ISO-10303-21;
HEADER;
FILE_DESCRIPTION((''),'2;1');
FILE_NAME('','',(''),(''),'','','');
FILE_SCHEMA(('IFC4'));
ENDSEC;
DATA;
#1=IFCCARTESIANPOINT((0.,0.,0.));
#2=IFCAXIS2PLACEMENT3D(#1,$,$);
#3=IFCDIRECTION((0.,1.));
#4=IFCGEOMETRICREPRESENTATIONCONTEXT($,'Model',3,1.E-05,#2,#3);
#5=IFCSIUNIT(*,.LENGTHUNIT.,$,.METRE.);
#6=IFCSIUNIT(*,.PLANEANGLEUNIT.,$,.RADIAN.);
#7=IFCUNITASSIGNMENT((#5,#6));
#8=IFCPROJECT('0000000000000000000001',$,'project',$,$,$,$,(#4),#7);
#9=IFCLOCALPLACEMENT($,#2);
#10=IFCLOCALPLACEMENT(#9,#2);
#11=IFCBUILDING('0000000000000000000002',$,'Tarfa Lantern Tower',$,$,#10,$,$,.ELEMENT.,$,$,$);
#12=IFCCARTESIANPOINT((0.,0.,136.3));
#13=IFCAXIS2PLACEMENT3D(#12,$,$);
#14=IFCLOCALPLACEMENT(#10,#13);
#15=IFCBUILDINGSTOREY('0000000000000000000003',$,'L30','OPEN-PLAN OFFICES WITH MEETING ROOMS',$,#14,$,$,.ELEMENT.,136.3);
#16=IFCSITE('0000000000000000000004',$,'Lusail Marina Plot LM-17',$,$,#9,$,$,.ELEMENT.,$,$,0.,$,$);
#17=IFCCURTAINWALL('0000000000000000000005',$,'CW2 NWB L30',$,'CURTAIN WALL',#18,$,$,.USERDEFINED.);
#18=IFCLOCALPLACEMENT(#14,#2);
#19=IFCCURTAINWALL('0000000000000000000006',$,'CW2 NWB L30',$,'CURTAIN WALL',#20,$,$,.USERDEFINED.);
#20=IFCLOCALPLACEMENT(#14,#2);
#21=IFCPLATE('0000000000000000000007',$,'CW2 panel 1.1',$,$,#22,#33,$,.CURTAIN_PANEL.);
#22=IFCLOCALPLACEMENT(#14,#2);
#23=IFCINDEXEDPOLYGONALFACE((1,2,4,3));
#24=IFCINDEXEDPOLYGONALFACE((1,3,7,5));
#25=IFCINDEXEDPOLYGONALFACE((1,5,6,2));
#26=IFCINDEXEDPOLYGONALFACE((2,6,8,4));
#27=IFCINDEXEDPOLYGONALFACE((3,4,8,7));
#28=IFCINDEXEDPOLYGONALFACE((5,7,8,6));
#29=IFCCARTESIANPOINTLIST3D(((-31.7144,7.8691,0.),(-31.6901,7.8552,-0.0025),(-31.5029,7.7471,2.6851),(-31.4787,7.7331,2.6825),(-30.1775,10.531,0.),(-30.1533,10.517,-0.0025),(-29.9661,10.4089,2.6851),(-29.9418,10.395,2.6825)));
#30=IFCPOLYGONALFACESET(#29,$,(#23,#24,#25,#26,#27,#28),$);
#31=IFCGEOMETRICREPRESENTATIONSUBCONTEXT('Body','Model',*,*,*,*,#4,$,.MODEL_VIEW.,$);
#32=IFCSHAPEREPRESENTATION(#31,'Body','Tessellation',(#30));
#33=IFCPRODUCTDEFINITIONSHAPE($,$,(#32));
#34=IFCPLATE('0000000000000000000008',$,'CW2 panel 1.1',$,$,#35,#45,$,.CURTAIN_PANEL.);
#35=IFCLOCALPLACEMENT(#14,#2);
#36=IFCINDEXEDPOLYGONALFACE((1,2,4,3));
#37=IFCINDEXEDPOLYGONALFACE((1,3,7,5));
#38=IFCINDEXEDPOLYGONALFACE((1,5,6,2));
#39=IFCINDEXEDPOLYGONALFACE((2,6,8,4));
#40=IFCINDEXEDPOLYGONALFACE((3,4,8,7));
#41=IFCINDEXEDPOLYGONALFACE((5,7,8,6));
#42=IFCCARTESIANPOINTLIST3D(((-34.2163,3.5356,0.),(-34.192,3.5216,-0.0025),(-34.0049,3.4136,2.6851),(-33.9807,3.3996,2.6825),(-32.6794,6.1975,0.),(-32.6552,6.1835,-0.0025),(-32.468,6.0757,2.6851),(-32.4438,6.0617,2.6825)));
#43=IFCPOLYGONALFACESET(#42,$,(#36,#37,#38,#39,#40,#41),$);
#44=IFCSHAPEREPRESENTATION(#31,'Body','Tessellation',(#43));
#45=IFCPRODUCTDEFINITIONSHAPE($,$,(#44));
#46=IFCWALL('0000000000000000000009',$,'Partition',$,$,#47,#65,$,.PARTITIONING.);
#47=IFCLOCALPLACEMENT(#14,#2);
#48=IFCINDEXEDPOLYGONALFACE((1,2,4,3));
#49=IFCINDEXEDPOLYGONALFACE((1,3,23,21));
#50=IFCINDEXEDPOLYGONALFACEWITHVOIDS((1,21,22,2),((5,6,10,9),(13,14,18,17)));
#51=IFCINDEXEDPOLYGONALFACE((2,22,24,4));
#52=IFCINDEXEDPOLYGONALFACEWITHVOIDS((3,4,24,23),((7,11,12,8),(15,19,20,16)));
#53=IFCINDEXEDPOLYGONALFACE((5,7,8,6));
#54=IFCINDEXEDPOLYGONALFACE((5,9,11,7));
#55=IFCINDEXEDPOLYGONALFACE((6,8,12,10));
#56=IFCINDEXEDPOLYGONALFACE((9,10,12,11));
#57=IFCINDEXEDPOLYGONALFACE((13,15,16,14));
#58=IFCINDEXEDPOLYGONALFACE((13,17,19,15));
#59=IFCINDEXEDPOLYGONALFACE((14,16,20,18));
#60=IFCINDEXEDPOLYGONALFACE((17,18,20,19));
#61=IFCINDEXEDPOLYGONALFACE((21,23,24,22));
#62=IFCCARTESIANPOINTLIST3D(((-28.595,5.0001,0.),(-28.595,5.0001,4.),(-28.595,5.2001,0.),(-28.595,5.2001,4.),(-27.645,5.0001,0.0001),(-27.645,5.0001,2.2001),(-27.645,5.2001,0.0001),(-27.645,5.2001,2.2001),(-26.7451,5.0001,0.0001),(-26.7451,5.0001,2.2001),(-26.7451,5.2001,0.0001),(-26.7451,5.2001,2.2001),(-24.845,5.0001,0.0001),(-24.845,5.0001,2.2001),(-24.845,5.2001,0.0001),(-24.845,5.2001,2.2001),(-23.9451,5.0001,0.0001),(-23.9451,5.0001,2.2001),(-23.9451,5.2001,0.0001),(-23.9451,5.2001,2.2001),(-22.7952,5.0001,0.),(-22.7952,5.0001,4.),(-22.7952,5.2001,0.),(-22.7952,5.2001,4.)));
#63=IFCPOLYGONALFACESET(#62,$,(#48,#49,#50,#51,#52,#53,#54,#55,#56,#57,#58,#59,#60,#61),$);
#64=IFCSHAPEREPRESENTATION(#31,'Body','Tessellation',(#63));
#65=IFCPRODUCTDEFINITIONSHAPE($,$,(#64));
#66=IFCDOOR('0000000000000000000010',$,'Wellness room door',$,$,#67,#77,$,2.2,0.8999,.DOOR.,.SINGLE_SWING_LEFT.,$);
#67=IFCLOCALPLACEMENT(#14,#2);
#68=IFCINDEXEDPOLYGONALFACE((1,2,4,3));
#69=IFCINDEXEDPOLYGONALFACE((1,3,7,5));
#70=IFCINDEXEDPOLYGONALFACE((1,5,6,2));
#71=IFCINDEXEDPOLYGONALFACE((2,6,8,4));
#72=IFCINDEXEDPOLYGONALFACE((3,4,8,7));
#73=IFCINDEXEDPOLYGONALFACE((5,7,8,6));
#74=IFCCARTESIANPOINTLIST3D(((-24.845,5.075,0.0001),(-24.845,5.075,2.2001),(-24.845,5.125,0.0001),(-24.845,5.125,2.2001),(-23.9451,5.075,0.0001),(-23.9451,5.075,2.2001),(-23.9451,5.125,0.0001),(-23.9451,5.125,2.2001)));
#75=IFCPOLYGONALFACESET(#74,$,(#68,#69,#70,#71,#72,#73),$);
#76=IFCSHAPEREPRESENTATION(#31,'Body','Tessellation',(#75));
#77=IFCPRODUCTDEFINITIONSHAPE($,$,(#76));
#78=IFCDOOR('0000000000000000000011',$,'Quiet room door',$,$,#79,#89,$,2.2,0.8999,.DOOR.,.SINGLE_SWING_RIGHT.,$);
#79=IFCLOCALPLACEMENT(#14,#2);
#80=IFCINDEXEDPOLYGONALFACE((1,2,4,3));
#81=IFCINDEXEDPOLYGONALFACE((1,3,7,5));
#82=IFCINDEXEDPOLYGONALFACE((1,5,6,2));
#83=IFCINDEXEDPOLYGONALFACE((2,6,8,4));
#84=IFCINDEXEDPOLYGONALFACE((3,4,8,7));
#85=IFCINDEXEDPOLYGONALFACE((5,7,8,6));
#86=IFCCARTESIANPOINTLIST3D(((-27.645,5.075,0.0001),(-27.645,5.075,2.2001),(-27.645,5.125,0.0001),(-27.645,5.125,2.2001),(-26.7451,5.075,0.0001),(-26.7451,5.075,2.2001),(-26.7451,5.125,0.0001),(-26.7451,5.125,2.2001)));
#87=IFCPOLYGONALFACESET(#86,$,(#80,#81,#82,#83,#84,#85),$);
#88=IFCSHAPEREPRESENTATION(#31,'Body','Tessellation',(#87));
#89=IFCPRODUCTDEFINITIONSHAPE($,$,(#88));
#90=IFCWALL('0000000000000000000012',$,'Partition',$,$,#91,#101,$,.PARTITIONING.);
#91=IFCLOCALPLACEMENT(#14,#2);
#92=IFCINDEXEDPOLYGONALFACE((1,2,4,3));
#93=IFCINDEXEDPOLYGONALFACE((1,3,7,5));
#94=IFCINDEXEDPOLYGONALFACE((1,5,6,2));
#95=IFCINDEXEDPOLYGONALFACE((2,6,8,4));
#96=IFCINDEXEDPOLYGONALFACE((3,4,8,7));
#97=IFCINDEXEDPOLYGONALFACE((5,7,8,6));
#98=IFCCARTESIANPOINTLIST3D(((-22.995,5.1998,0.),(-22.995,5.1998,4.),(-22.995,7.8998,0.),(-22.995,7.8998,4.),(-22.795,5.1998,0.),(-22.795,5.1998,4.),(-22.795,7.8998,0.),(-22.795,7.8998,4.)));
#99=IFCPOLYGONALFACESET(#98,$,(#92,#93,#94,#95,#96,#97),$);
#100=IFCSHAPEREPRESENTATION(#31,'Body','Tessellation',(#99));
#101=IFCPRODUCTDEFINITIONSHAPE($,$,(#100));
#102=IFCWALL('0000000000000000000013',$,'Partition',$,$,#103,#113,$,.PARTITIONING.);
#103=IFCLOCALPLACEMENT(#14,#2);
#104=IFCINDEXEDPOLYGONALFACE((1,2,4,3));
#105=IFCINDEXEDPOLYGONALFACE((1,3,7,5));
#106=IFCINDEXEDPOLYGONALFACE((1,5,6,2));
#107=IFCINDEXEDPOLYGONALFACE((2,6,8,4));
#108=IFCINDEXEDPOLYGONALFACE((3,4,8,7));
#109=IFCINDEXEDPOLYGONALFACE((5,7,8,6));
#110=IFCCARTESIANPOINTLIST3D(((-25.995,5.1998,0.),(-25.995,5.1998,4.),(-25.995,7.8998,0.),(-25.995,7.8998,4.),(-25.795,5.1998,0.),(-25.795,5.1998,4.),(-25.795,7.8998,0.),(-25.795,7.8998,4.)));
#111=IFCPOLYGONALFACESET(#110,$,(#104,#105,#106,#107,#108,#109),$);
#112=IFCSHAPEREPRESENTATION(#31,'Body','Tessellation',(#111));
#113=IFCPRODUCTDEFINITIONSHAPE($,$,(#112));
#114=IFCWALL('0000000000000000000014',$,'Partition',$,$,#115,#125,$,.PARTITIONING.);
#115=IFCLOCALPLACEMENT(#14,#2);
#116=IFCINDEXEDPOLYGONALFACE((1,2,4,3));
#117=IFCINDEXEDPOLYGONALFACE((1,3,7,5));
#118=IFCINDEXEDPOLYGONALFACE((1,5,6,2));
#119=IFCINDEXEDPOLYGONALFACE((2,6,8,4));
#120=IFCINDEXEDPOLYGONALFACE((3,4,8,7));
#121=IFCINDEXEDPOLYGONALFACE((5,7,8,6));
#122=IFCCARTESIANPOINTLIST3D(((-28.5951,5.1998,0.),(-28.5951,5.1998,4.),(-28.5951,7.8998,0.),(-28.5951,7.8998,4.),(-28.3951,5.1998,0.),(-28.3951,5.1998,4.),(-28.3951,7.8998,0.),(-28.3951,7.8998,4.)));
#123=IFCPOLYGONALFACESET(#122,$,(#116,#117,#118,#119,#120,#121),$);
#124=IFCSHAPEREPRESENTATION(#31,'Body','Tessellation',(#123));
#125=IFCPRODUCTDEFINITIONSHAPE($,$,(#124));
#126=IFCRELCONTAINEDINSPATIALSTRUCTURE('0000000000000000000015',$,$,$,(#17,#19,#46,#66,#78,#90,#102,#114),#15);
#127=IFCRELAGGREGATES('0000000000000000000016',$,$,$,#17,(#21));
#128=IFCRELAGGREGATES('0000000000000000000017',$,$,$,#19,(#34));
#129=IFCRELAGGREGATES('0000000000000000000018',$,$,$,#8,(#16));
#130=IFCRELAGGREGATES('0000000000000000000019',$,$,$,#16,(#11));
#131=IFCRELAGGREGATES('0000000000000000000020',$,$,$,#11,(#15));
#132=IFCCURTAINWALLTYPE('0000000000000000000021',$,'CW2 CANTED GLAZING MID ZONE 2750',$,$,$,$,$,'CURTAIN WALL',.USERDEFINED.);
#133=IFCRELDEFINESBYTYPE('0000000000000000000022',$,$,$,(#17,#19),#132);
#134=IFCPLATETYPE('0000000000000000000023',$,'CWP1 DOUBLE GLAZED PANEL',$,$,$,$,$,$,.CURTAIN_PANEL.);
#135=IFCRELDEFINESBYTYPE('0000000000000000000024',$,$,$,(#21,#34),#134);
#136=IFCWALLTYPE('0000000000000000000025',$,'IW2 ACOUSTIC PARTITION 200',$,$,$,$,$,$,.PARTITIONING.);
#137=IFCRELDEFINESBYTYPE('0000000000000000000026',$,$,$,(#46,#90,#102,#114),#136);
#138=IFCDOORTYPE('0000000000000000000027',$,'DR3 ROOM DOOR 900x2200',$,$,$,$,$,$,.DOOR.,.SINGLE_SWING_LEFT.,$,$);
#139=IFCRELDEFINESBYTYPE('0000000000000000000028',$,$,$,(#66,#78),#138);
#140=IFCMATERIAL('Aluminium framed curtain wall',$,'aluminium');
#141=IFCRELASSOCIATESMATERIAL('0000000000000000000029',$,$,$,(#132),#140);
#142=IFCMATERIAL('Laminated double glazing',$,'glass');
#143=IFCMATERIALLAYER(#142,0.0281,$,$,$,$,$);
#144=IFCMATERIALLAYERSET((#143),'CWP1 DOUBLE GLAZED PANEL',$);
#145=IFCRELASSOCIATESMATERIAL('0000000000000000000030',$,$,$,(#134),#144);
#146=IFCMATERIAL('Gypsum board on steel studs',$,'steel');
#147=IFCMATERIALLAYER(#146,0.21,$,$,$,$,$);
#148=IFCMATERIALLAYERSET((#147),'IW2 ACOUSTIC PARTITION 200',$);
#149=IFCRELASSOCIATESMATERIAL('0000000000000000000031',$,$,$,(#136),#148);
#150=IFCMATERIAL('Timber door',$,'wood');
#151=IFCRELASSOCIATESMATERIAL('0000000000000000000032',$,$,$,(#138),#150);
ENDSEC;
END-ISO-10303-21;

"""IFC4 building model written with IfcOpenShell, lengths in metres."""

from ifc_helpers import new_model, si_unit, direction, frame, frame_2d, origin, place, context, subcontext, project, spatial, polyline, rectangle, outline, extrude, material, layer, layer_set, type_object, element, fill, aggregate, save


model = new_model("IFC4")

# Units and contexts
model_context = context("Model", 3, precision=1e-05, world=origin(), true_north=direction((0.0, 1.0)))
body_context = subcontext(model_context, "Body", "Model", "MODEL_VIEW")
ifc_project = project(units=[si_unit("LENGTHUNIT", "METRE"), si_unit("PLANEANGLEUNIT", "RADIAN")], contexts=[model_context])

# Site, building, storey
site_placement = place(None, origin())
site = spatial("IfcSite", under=ifc_project, at=site_placement, Name="Lusail Marina Plot LM-17", CompositionType="ELEMENT", RefElevation=0.0)
building_placement = place(site_placement, origin())
building = spatial("IfcBuilding", under=site, at=building_placement, Name="Tarfa Lantern Tower", CompositionType="ELEMENT")
storey_placement = place(building_placement, frame((0.0, 0.0, 136.3)))
storey = spatial("IfcBuildingStorey", under=building, at=storey_placement, Name="L30", Description="OPEN-PLAN OFFICES WITH MEETING ROOMS", CompositionType="ELEMENT", Elevation=136.3)

# Curtain walls
ifc_material_1 = material(Name="Aluminium framed curtain wall", Category="aluminium")
curtain_wall_type_1 = type_object("IfcCurtainWallType", Name="CW2 CANTED GLAZING MID ZONE 2750", ElementType="CURTAIN WALL", PredefinedType="USERDEFINED", material=ifc_material_1)
curtain_wall_1_placement = place(storey_placement, origin())
curtain_wall_1 = element("IfcCurtainWall", 1, at=curtain_wall_1_placement, inside=storey, type_object=curtain_wall_type_1, Name="CW2 NWB L30", ObjectType="CURTAIN WALL", PredefinedType="USERDEFINED")
curtain_wall_2_placement = place(storey_placement, origin())
curtain_wall_2 = element("IfcCurtainWall", 2, at=curtain_wall_2_placement, inside=storey, type_object=curtain_wall_type_1, Name="CW2 NWB L30", ObjectType="CURTAIN WALL", PredefinedType="USERDEFINED")

# Plates
ifc_material_2 = material(Name="Laminated double glazing", Category="glass")
ifc_layer_1 = layer(ifc_material_2, 0.0281)
ifc_layer_set_1 = layer_set([ifc_layer_1], Name="CWP1 DOUBLE GLAZED PANEL")
plate_type = type_object("IfcPlateType", Name="CWP1 DOUBLE GLAZED PANEL", PredefinedType="CURTAIN_PANEL", material=ifc_layer_set_1)
plate_1_placement = place(storey_placement, frame((-30.1775, 10.531, 0.0), z_axis=(-0.862463, 0.497955, 0.09055), x_axis=(-0.500009, -0.86602, 0.0)))
plate_1 = element("IfcPlate", 3, at=plate_1_placement, type_object=plate_type, Name="CW2 panel 1.1", PredefinedType="CURTAIN_PANEL", context=body_context, shape_type="SweptSolid", body=[
    extrude(outline(polyline([(0.0, 0.0), (3.0737, 0.0), (3.0737, 2.6961), (0.0, 2.6961), (0.0, 0.0)])), origin(), (0.0, 0.0, -1.0), 0.0281),
])
aggregate(curtain_wall_1, [plate_1])
plate_2_placement = place(storey_placement, frame((-32.6794, 6.1975, 0.0), z_axis=(-0.862474, 0.497939, 0.090528), x_axis=(-0.499992, -0.86603, -0.000002)))
plate_2 = element("IfcPlate", 4, at=plate_2_placement, type_object=plate_type, Name="CW2 panel 1.1", PredefinedType="CURTAIN_PANEL", context=body_context, shape_type="SweptSolid", body=[
    extrude(outline(polyline([(0.0, 0.0), (3.0737, 0.0), (3.0737, 2.6961), (-0.0002, 2.6961), (0.0, 0.0)])), origin(), (0.0, 0.0, -1.0), 0.0281),
])
aggregate(curtain_wall_2, [plate_2])

# Wall, openings, doors
ifc_material_3 = material(Name="Gypsum board on steel studs", Category="steel")
ifc_layer_2 = layer(ifc_material_3, 0.21)
ifc_layer_set_2 = layer_set([ifc_layer_2], Name="IW2 ACOUSTIC PARTITION 200")
wall_type = type_object("IfcWallType", Name="IW2 ACOUSTIC PARTITION 200", PredefinedType="PARTITIONING", material=ifc_layer_set_2)
wall_placement = place(storey_placement, frame((-22.7952, 5.1001, 0.0), z_axis=(0.0, 0.0, 1.0), x_axis=(-1.0, 0.0, 0.0)))
wall = element("IfcWall", 5, at=wall_placement, inside=storey, type_object=wall_type, Name="Partition", PredefinedType="PARTITIONING", context=body_context, shape_type="SweptSolid", body=[
    extrude(rectangle(XDim=5.7998, YDim=0.2, at=frame_2d((2.8999, 0.0))), origin(), (0.0, 0.0, 1.0), 4.0),
])
opening_1_placement = place(wall_placement, frame((1.1499, 0.0, 0.0)))
opening_1 = element("IfcOpeningElement", 6, at=opening_1_placement, cuts=wall, PredefinedType="OPENING", context=body_context, shape_type="SweptSolid", body=[
    extrude(rectangle(XDim=0.8999, YDim=2.2, at=frame_2d((0.45, 1.1001))), frame((0.0, 0.1099, 0.0), z_axis=(0.0, -1.0, 0.0), x_axis=(1.0, 0.0, 0.0)), (0.0, 0.0, 1.0), 0.22),
])
opening_2_placement = place(wall_placement, frame((3.95, 0.0, 0.0)))
opening_2 = element("IfcOpeningElement", 7, at=opening_2_placement, cuts=wall, PredefinedType="OPENING", context=body_context, shape_type="SweptSolid", body=[
    extrude(rectangle(XDim=0.8999, YDim=2.2, at=frame_2d((0.45, 1.1001))), frame((0.0, 0.1099, 0.0), z_axis=(0.0, -1.0, 0.0), x_axis=(1.0, 0.0, 0.0)), (0.0, 0.0, 1.0), 0.22),
])
ifc_material_4 = material(Name="Timber door", Category="wood")
door_type = type_object("IfcDoorType", Name="DR3 ROOM DOOR 900x2200", OperationType="SINGLE_SWING_LEFT", PredefinedType="DOOR", material=ifc_material_4)
door_1_placement = place(opening_1_placement, frame((0.8999, 0.0, 0.0), z_axis=(0.0, 0.0, 1.0), x_axis=(-1.0, 0.0, 0.0)))
door_1 = element("IfcDoor", 8, at=door_1_placement, inside=storey, type_object=door_type, Name="Wellness room door", OperationType="SINGLE_SWING_LEFT", OverallHeight=2.2, OverallWidth=0.8999, PredefinedType="DOOR", context=body_context, shape_type="SweptSolid", body=[
    extrude(rectangle(XDim=0.8999, YDim=2.2, at=frame_2d((0.45, 1.1001))), frame((0.0, 0.0249, 0.0), z_axis=(0.0, -1.0, 0.0), x_axis=(1.0, 0.0, 0.0)), (0.0, 0.0, 1.0), 0.05),
])
fill(opening_1, door_1)
door_2_placement = place(opening_2_placement, frame((0.8999, 0.0, 0.0), z_axis=(0.0, 0.0, 1.0), x_axis=(-1.0, 0.0, 0.0)))
door_2 = element("IfcDoor", 9, at=door_2_placement, inside=storey, type_object=door_type, Name="Quiet room door", OperationType="SINGLE_SWING_RIGHT", OverallHeight=2.2, OverallWidth=0.8999, PredefinedType="DOOR", context=body_context, shape_type="SweptSolid", body=[
    extrude(rectangle(XDim=0.8999, YDim=2.2, at=frame_2d((0.45, 1.1001))), frame((0.0, 0.0249, 0.0), z_axis=(0.0, -1.0, 0.0), x_axis=(1.0, 0.0, 0.0)), (0.0, 0.0, 1.0), 0.05),
])
fill(opening_2, door_2)

# Walls
for number, where, z_axis, x_axis, name in (
    (10, (-22.895, 7.8999, 0.0), (0.0, 0.0, 1.0), (0.0, -1.0, 0.0), "Partition"),
    (11, (-25.895, 7.8999, 0.0), (0.0, 0.0, 1.0), (0.0, -1.0, 0.0), "Partition"),
    (12, (-28.4951, 7.8999, 0.0), (0.0, 0.0, 1.0), (0.0, -1.0, 0.0), "Partition"),
):
    element("IfcWall", number, at=place(storey_placement, frame(where, z_axis=z_axis, x_axis=x_axis)), inside=storey, type_object=wall_type, Name=name, PredefinedType="PARTITIONING", context=body_context, shape_type="SweptSolid", body=[
        extrude(rectangle(XDim=2.7, YDim=0.2, at=frame_2d((1.3501, 0.0))), origin(), (0.0, 0.0, 1.0), 4.0),
    ])

save(model, "model.ifc")
